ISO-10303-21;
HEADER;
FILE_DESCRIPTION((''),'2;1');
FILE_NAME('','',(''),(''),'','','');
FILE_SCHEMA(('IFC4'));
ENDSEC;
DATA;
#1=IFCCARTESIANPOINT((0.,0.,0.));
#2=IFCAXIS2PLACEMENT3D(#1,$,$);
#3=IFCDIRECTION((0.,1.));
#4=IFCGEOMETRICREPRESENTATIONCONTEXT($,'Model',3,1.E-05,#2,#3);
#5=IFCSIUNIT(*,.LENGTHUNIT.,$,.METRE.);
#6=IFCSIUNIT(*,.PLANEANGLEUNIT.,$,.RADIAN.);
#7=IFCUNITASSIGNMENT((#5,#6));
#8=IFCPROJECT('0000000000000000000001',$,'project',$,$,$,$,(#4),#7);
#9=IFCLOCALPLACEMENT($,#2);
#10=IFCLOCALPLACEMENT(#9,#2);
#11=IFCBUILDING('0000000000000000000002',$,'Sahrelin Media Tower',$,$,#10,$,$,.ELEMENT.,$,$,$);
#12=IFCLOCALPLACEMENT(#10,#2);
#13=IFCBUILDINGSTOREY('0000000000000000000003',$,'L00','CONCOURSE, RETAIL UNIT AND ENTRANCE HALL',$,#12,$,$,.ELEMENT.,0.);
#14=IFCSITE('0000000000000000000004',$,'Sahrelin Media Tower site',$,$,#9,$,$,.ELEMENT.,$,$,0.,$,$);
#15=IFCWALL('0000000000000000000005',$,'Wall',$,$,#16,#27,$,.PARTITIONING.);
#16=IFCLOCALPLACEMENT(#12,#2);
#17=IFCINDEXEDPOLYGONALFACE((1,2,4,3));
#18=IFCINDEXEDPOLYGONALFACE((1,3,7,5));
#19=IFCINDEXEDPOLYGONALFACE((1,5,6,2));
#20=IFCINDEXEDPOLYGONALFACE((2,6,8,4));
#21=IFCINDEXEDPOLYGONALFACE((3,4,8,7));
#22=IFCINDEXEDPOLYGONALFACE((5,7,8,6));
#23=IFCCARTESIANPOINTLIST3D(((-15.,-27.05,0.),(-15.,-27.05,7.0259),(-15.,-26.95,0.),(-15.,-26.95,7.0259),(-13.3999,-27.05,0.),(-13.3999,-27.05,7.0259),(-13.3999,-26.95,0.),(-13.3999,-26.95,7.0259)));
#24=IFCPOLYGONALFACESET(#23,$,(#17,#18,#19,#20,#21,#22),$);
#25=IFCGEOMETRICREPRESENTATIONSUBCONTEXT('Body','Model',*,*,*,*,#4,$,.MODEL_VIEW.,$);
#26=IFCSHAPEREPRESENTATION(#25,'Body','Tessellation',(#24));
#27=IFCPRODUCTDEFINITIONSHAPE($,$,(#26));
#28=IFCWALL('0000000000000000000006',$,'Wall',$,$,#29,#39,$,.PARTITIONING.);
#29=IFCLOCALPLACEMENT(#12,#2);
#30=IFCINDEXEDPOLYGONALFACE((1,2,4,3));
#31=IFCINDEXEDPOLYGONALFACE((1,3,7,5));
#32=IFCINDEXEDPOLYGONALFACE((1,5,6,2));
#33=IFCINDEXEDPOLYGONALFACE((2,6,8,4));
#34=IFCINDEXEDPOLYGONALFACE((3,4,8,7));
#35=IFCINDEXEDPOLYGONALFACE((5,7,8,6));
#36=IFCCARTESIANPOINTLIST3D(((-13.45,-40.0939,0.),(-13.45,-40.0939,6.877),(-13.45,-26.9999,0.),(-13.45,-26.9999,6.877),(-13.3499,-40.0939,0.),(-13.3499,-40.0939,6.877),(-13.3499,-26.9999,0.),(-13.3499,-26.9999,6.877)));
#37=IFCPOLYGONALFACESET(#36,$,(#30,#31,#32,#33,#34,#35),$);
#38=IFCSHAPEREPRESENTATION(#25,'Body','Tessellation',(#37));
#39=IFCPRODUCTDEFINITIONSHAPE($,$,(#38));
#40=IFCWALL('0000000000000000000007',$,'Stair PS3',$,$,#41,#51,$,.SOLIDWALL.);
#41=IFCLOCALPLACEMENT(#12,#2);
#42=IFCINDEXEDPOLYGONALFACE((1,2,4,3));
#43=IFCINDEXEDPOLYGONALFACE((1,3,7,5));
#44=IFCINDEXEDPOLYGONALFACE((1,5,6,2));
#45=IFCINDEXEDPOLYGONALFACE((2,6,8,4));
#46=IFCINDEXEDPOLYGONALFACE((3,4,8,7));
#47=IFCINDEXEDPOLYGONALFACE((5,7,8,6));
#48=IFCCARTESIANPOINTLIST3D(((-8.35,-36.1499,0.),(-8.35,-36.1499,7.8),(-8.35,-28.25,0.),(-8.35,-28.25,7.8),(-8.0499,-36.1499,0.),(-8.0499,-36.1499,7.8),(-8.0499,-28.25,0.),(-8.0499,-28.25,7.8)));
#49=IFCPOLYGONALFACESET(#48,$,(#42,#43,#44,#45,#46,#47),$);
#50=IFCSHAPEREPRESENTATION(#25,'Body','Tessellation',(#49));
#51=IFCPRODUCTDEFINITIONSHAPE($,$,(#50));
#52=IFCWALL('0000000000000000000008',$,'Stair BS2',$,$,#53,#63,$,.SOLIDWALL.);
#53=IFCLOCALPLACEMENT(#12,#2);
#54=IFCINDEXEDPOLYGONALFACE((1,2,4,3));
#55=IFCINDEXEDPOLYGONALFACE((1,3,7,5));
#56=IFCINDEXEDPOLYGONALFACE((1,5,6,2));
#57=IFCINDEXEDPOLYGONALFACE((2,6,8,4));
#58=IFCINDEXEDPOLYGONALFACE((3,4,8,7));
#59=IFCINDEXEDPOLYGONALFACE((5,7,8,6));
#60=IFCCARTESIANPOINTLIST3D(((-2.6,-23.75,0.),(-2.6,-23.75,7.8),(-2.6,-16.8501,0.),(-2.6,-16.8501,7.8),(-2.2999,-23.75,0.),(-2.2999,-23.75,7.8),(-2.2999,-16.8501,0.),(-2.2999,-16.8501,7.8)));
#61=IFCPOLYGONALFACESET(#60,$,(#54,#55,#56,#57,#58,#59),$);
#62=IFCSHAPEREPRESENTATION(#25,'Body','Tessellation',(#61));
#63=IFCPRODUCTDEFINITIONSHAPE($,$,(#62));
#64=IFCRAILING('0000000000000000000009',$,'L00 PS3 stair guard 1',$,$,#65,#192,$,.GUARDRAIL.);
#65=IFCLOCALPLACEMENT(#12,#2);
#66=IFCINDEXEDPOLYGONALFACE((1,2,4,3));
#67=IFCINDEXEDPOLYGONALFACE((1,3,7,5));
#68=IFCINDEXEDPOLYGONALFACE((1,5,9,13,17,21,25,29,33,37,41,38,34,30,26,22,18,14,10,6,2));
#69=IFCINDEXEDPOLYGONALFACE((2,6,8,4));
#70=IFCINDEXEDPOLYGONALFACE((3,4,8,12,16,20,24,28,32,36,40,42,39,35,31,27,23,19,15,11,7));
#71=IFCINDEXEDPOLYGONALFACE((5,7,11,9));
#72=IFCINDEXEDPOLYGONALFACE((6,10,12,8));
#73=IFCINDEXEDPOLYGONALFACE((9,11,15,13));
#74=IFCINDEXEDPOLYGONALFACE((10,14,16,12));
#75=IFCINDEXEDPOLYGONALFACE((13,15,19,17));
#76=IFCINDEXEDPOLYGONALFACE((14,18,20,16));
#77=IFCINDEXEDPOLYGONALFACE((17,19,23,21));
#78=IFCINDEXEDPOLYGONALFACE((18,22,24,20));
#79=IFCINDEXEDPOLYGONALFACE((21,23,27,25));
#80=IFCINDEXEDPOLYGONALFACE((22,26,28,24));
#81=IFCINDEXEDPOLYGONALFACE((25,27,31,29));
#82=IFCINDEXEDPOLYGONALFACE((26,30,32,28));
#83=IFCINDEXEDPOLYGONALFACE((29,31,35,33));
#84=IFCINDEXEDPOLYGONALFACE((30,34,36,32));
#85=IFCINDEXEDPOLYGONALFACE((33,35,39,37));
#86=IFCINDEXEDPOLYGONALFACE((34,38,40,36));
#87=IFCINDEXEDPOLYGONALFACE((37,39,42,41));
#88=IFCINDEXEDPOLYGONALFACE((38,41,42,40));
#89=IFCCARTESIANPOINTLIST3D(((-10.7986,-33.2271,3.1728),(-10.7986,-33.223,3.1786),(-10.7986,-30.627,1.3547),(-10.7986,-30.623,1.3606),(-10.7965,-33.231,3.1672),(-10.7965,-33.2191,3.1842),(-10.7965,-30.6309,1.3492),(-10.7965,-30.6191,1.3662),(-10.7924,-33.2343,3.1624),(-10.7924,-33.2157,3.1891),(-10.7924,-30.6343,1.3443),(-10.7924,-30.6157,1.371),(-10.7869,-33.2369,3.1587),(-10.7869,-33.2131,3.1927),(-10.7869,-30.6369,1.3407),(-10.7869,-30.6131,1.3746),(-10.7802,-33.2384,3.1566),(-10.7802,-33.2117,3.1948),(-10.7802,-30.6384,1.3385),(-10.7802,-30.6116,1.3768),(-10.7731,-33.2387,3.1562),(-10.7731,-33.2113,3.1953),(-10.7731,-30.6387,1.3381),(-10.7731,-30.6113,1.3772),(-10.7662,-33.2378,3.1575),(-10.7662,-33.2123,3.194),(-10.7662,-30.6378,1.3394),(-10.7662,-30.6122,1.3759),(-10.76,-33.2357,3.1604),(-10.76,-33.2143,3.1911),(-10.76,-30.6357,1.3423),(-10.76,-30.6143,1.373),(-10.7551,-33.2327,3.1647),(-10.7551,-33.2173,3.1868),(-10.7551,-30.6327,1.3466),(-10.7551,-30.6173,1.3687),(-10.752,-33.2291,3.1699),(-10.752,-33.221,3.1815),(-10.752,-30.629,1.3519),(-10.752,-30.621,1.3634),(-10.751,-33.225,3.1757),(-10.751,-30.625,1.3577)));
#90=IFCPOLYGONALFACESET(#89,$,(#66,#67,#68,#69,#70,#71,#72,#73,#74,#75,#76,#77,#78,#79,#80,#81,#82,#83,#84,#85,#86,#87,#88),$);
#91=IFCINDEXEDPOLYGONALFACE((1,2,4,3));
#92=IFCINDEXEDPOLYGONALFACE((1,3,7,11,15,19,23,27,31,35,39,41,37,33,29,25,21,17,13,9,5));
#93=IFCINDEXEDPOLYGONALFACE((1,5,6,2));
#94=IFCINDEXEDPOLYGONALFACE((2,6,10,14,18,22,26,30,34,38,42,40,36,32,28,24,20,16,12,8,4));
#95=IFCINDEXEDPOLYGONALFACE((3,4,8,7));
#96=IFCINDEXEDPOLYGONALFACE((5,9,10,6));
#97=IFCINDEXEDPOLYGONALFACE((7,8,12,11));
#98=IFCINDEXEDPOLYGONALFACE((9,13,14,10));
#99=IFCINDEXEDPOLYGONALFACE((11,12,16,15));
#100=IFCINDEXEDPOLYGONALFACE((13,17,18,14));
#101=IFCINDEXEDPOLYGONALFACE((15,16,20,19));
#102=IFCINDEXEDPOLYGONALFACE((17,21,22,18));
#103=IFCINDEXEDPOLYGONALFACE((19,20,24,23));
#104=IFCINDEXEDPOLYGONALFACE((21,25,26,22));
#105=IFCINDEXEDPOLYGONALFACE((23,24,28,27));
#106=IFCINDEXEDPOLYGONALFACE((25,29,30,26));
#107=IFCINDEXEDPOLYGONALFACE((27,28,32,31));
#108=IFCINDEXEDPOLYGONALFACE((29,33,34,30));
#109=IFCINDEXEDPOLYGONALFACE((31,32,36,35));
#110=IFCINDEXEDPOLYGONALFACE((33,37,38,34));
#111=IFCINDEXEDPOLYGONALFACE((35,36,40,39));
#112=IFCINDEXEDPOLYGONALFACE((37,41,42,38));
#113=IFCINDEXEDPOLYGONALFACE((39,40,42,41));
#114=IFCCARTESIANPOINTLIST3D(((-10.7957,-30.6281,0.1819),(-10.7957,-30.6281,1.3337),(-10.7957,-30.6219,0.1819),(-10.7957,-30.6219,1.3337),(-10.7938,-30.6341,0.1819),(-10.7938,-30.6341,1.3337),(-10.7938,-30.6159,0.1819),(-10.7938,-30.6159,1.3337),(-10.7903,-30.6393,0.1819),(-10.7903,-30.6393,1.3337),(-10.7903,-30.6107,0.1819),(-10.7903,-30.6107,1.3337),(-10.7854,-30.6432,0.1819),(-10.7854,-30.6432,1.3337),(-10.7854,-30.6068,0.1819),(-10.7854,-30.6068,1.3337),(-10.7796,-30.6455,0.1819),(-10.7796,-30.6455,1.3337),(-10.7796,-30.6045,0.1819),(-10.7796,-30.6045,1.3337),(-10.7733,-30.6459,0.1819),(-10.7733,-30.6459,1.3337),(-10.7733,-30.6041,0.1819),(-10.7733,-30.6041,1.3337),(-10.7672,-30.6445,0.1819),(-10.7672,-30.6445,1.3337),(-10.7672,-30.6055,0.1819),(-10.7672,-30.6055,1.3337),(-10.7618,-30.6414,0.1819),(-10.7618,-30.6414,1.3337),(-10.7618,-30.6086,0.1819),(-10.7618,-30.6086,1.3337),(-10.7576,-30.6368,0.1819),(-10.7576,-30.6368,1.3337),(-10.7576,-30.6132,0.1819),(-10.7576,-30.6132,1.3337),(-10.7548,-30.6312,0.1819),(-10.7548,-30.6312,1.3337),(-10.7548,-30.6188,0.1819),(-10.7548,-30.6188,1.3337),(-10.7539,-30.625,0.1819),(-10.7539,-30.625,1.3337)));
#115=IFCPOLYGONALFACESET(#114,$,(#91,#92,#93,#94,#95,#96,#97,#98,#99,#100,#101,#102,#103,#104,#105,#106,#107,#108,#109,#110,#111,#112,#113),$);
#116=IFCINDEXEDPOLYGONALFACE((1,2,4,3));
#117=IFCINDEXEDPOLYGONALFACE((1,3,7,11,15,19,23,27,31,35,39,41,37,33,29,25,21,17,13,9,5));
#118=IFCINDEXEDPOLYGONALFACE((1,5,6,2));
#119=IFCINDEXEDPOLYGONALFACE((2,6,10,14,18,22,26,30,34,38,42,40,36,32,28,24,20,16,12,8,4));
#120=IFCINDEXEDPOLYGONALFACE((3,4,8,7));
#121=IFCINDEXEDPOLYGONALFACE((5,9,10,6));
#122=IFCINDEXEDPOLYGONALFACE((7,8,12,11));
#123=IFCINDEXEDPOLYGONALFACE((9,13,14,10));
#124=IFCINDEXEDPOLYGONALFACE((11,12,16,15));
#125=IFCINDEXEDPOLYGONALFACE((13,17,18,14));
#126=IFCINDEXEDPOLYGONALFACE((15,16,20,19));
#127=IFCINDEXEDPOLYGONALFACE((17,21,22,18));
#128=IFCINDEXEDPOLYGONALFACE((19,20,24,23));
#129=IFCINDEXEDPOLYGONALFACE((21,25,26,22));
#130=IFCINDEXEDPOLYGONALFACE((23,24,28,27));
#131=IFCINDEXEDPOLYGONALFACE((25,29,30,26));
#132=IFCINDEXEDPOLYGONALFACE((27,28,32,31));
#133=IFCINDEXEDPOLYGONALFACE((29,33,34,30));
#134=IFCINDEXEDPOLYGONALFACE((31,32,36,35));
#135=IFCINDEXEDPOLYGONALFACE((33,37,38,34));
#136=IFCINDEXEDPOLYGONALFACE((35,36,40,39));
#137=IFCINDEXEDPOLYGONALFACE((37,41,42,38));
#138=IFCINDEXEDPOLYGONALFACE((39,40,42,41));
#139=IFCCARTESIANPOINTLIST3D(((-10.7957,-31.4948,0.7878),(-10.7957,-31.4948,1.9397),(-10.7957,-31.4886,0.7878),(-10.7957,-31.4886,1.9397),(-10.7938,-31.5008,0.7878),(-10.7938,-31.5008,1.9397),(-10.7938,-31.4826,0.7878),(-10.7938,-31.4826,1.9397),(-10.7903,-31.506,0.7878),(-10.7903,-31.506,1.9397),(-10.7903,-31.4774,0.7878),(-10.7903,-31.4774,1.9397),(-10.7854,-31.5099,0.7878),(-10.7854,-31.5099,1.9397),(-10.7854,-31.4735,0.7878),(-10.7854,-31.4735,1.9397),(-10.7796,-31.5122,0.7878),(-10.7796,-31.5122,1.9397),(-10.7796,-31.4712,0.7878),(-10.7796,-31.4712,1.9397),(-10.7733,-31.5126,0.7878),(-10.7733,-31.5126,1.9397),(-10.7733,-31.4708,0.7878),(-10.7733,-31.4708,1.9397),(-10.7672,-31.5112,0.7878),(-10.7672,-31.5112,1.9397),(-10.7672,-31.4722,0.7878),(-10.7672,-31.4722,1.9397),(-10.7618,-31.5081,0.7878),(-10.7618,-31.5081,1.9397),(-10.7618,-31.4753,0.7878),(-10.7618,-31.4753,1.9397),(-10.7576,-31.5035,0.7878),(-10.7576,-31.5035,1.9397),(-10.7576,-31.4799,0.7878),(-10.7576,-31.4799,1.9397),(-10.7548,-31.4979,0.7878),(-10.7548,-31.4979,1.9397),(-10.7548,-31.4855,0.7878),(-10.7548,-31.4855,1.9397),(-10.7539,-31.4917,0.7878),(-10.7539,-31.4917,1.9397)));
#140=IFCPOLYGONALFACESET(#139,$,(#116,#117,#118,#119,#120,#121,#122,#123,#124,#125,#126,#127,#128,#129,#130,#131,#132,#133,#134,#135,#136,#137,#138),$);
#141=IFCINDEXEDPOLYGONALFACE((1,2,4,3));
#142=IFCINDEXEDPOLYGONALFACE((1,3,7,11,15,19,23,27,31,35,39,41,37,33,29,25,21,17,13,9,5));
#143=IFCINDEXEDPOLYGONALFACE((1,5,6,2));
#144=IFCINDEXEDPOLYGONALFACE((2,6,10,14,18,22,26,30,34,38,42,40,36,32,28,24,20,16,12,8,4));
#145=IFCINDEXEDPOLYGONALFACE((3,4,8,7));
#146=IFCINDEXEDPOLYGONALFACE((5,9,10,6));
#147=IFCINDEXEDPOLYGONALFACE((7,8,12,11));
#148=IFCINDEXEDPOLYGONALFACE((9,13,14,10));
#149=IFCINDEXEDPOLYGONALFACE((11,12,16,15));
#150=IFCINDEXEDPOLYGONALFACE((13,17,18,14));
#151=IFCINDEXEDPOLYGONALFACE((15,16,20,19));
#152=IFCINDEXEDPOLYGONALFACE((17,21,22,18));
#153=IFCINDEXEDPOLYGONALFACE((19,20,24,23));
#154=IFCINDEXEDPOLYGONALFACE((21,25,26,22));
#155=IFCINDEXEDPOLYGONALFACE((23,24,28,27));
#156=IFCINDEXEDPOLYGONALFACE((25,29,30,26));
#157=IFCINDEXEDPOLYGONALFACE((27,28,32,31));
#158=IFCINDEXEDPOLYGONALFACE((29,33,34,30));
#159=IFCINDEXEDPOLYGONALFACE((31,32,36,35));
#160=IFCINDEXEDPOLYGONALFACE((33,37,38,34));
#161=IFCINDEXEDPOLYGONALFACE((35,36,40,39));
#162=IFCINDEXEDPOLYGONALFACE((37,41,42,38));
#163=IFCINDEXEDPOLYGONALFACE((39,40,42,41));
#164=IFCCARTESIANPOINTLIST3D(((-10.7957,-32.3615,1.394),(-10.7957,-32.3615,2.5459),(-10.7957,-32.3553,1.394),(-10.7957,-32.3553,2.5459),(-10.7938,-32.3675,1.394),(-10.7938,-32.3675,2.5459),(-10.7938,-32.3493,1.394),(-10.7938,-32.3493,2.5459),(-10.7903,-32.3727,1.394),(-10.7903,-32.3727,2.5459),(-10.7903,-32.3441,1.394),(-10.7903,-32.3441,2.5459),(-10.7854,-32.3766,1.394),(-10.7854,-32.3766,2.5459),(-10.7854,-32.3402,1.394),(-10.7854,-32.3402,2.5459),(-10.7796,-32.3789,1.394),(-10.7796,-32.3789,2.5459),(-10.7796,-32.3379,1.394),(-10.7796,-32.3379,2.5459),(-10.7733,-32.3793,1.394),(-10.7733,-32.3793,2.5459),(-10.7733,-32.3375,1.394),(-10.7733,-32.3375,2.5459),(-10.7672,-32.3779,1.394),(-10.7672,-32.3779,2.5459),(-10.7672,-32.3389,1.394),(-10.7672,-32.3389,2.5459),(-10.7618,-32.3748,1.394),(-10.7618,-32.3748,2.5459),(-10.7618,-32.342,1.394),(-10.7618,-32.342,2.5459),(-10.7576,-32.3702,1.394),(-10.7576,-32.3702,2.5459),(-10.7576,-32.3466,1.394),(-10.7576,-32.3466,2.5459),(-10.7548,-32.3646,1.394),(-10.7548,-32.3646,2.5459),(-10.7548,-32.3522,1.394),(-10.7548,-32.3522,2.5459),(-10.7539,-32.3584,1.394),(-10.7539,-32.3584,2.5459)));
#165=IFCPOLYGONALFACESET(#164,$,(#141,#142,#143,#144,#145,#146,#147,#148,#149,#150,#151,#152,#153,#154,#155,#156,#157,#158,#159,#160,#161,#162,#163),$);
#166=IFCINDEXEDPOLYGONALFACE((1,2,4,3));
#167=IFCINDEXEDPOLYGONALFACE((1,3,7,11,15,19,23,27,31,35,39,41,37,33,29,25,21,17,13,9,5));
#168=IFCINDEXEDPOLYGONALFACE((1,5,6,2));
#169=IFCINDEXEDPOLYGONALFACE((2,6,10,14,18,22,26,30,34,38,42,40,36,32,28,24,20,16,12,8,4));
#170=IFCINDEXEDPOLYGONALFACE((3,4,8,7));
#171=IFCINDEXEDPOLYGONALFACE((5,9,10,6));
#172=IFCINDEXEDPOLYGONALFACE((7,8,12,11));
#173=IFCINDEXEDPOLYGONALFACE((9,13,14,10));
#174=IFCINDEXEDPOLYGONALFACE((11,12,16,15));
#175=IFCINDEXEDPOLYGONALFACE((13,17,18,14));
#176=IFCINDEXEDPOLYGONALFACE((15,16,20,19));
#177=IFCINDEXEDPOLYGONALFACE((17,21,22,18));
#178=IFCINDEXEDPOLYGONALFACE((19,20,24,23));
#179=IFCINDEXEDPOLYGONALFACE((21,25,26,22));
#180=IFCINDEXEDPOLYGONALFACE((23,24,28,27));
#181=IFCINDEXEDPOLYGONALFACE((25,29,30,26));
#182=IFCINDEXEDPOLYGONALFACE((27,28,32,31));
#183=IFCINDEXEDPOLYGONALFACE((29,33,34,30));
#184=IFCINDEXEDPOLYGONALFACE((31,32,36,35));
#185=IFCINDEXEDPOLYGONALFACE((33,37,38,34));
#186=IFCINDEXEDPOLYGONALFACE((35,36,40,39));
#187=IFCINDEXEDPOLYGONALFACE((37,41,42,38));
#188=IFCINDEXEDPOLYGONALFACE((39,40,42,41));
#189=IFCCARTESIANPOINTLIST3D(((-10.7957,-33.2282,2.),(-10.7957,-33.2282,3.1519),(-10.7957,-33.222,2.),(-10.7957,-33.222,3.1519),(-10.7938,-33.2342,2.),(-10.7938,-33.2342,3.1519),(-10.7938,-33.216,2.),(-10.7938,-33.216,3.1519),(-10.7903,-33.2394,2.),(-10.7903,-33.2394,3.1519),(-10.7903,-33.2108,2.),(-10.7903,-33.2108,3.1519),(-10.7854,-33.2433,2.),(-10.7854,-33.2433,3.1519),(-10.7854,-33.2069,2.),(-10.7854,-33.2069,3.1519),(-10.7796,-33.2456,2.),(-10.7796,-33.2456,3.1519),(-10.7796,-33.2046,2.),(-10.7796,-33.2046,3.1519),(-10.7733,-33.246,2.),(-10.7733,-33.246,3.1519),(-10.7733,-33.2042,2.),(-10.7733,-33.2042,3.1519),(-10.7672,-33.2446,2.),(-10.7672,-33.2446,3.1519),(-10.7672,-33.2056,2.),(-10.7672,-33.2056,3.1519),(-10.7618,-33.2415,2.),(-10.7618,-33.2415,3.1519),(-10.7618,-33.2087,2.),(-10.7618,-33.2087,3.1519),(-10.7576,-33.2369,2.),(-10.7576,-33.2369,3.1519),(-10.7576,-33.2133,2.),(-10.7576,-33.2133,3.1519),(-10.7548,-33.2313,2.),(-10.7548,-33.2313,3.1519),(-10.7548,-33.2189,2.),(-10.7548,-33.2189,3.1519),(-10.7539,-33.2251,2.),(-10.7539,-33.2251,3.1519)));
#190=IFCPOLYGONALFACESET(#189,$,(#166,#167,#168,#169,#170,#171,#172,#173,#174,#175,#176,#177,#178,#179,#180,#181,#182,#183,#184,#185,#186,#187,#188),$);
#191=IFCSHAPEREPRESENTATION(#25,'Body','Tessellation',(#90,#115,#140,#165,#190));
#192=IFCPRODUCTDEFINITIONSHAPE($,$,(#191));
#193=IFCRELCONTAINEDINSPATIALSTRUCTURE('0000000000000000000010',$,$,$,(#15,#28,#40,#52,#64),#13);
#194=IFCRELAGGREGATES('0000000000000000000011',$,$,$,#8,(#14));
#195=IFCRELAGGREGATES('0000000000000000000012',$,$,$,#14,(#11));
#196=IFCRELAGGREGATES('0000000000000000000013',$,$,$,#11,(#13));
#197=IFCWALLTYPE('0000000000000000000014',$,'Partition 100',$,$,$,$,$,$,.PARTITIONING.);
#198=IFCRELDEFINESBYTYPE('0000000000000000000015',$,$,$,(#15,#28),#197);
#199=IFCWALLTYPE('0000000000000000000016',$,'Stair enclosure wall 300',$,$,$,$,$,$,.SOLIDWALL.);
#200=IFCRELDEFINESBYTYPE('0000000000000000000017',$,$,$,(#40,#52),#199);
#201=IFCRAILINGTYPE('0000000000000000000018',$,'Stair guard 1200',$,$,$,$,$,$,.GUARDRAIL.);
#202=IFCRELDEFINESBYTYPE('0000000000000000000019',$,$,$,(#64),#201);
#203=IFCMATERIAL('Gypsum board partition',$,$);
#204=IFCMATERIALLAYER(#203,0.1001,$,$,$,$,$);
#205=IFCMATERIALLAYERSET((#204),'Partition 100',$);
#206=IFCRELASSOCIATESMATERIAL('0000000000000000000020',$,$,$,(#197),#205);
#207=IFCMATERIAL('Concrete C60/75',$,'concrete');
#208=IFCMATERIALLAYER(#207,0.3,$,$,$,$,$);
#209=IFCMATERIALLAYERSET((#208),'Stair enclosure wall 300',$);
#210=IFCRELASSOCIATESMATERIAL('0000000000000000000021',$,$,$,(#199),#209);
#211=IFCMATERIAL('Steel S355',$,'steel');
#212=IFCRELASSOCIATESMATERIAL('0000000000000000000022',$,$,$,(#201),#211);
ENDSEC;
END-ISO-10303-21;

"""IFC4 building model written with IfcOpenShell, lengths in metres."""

from ifc_helpers import new_model, si_unit, direction, frame, frame_2d, origin, origin_2d, place, context, subcontext, project, spatial, rectangle, circle, extrude, material, layer, layer_set, type_object, element, save


model = new_model("IFC4")

# Units and contexts
model_context = context("Model", 3, precision=1e-05, world=origin(), true_north=direction((0.0, 1.0)))
body_context = subcontext(model_context, "Body", "Model", "MODEL_VIEW")
ifc_project = project(units=[si_unit("LENGTHUNIT", "METRE"), si_unit("PLANEANGLEUNIT", "RADIAN")], contexts=[model_context])

# Site, building, storey
site_placement = place(None, origin())
site = spatial("IfcSite", under=ifc_project, at=site_placement, Name="Sahrelin Media Tower site", CompositionType="ELEMENT", RefElevation=0.0)
building_placement = place(site_placement, origin())
building = spatial("IfcBuilding", under=site, at=building_placement, Name="Sahrelin Media Tower", CompositionType="ELEMENT")
storey_placement = place(building_placement, origin())
storey = spatial("IfcBuildingStorey", under=building, at=storey_placement, Name="L00", Description="CONCOURSE, RETAIL UNIT AND ENTRANCE HALL", CompositionType="ELEMENT", Elevation=0.0)

# Shared definitions
ifc_material_1 = material(Name="Steel S355", Category="steel")

# Walls
ifc_material_2 = material(Name="Gypsum board partition")
ifc_layer_1 = layer(ifc_material_2, 0.1001)
ifc_layer_set_1 = layer_set([ifc_layer_1], Name="Partition 100")
wall_type_1 = type_object("IfcWallType", Name="Partition 100", PredefinedType="PARTITIONING", material=ifc_layer_set_1)
wall_1_placement = place(storey_placement, frame((-15.0, -27.0, 0.0), z_axis=(0.0, 0.0, 1.0), x_axis=(1.0, 0.0, 0.0)))
element("IfcWall", 1, at=wall_1_placement, inside=storey, type_object=wall_type_1, Name="Wall", PredefinedType="PARTITIONING", context=body_context, shape_type="SweptSolid", body=[
    extrude(rectangle(XDim=1.6001, YDim=0.1001, at=frame_2d((0.8, 0.0))), origin(), (0.0, 0.0, 1.0), 7.0259),
])
wall_2_placement = place(storey_placement, frame((-13.3999, -27.0, 0.0), z_axis=(0.0, 0.0, 1.0), x_axis=(0.0, -1.0, 0.0)))
element("IfcWall", 2, at=wall_2_placement, inside=storey, type_object=wall_type_1, Name="Wall", PredefinedType="PARTITIONING", context=body_context, shape_type="SweptSolid", body=[
    extrude(rectangle(XDim=13.094, YDim=0.1001, at=frame_2d((6.5469, 0.0))), origin(), (0.0, 0.0, 1.0), 6.877),
])

# Shared definitions
ifc_material_3 = material(Name="Concrete C60/75", Category="concrete")
ifc_layer_2 = layer(ifc_material_3, 0.3)
ifc_layer_set_2 = layer_set([ifc_layer_2], Name="Stair enclosure wall 300")
wall_type_2 = type_object("IfcWallType", Name="Stair enclosure wall 300", PredefinedType="SOLIDWALL", material=ifc_layer_set_2)

# Walls
wall_3_placement = place(storey_placement, frame((-8.2, -28.25, 0.0), z_axis=(0.0, 0.0, 1.0), x_axis=(0.0, -1.0, 0.0)))
element("IfcWall", 3, at=wall_3_placement, inside=storey, type_object=wall_type_2, Name="Stair PS3", PredefinedType="SOLIDWALL", context=body_context, shape_type="SweptSolid", body=[
    extrude(rectangle(XDim=7.8999, YDim=0.3, at=frame_2d((3.95, 0.0))), origin(), (0.0, 0.0, 1.0), 7.8),
])
wall_4_placement = place(storey_placement, frame((-2.45, -23.75, 0.0), z_axis=(0.0, 0.0, 1.0), x_axis=(0.0, 1.0, 0.0)))
element("IfcWall", 4, at=wall_4_placement, inside=storey, type_object=wall_type_2, Name="Stair BS2", PredefinedType="SOLIDWALL", context=body_context, shape_type="SweptSolid", body=[
    extrude(rectangle(XDim=6.8999, YDim=0.3, at=frame_2d((3.45, 0.0))), origin(), (0.0, 0.0, 1.0), 7.8),
])

# Railing
railing_type_1 = type_object("IfcRailingType", Name="Stair guard 1200", PredefinedType="GUARDRAIL", material=ifc_material_1)
railing_1_placement = place(storey_placement, frame((-10.7749, -30.625, 0.1819)))
element("IfcRailing", 5, at=railing_1_placement, inside=storey, type_object=railing_type_1, Name="L00 PS3 stair guard 1", PredefinedType="GUARDRAIL", context=body_context, shape_type="SweptSolid", body=[
    extrude(circle(Radius=0.0239, at=origin_2d()), frame((0.0, 0.0, 1.1758), z_axis=(0.0, -0.819521, 0.573049), x_axis=(1.0, 0.0, 0.0)), (0.0, 0.0, 1.0), 3.1726),
    extrude(circle(Radius=0.021, at=origin_2d()), origin(), (0.0, 0.0, 1.0), 1.1519),
    extrude(circle(Radius=0.021, at=origin_2d()), frame((0.0, -0.8667, 0.606)), (0.0, 0.0, 1.0), 1.1519),
    extrude(circle(Radius=0.021, at=origin_2d()), frame((0.0, -1.7334, 1.2122)), (0.0, 0.0, 1.0), 1.1519),
    extrude(circle(Radius=0.021, at=origin_2d()), frame((0.0, -2.6001, 1.8181)), (0.0, 0.0, 1.0), 1.1519),
])

save(model, "model.ifc")
